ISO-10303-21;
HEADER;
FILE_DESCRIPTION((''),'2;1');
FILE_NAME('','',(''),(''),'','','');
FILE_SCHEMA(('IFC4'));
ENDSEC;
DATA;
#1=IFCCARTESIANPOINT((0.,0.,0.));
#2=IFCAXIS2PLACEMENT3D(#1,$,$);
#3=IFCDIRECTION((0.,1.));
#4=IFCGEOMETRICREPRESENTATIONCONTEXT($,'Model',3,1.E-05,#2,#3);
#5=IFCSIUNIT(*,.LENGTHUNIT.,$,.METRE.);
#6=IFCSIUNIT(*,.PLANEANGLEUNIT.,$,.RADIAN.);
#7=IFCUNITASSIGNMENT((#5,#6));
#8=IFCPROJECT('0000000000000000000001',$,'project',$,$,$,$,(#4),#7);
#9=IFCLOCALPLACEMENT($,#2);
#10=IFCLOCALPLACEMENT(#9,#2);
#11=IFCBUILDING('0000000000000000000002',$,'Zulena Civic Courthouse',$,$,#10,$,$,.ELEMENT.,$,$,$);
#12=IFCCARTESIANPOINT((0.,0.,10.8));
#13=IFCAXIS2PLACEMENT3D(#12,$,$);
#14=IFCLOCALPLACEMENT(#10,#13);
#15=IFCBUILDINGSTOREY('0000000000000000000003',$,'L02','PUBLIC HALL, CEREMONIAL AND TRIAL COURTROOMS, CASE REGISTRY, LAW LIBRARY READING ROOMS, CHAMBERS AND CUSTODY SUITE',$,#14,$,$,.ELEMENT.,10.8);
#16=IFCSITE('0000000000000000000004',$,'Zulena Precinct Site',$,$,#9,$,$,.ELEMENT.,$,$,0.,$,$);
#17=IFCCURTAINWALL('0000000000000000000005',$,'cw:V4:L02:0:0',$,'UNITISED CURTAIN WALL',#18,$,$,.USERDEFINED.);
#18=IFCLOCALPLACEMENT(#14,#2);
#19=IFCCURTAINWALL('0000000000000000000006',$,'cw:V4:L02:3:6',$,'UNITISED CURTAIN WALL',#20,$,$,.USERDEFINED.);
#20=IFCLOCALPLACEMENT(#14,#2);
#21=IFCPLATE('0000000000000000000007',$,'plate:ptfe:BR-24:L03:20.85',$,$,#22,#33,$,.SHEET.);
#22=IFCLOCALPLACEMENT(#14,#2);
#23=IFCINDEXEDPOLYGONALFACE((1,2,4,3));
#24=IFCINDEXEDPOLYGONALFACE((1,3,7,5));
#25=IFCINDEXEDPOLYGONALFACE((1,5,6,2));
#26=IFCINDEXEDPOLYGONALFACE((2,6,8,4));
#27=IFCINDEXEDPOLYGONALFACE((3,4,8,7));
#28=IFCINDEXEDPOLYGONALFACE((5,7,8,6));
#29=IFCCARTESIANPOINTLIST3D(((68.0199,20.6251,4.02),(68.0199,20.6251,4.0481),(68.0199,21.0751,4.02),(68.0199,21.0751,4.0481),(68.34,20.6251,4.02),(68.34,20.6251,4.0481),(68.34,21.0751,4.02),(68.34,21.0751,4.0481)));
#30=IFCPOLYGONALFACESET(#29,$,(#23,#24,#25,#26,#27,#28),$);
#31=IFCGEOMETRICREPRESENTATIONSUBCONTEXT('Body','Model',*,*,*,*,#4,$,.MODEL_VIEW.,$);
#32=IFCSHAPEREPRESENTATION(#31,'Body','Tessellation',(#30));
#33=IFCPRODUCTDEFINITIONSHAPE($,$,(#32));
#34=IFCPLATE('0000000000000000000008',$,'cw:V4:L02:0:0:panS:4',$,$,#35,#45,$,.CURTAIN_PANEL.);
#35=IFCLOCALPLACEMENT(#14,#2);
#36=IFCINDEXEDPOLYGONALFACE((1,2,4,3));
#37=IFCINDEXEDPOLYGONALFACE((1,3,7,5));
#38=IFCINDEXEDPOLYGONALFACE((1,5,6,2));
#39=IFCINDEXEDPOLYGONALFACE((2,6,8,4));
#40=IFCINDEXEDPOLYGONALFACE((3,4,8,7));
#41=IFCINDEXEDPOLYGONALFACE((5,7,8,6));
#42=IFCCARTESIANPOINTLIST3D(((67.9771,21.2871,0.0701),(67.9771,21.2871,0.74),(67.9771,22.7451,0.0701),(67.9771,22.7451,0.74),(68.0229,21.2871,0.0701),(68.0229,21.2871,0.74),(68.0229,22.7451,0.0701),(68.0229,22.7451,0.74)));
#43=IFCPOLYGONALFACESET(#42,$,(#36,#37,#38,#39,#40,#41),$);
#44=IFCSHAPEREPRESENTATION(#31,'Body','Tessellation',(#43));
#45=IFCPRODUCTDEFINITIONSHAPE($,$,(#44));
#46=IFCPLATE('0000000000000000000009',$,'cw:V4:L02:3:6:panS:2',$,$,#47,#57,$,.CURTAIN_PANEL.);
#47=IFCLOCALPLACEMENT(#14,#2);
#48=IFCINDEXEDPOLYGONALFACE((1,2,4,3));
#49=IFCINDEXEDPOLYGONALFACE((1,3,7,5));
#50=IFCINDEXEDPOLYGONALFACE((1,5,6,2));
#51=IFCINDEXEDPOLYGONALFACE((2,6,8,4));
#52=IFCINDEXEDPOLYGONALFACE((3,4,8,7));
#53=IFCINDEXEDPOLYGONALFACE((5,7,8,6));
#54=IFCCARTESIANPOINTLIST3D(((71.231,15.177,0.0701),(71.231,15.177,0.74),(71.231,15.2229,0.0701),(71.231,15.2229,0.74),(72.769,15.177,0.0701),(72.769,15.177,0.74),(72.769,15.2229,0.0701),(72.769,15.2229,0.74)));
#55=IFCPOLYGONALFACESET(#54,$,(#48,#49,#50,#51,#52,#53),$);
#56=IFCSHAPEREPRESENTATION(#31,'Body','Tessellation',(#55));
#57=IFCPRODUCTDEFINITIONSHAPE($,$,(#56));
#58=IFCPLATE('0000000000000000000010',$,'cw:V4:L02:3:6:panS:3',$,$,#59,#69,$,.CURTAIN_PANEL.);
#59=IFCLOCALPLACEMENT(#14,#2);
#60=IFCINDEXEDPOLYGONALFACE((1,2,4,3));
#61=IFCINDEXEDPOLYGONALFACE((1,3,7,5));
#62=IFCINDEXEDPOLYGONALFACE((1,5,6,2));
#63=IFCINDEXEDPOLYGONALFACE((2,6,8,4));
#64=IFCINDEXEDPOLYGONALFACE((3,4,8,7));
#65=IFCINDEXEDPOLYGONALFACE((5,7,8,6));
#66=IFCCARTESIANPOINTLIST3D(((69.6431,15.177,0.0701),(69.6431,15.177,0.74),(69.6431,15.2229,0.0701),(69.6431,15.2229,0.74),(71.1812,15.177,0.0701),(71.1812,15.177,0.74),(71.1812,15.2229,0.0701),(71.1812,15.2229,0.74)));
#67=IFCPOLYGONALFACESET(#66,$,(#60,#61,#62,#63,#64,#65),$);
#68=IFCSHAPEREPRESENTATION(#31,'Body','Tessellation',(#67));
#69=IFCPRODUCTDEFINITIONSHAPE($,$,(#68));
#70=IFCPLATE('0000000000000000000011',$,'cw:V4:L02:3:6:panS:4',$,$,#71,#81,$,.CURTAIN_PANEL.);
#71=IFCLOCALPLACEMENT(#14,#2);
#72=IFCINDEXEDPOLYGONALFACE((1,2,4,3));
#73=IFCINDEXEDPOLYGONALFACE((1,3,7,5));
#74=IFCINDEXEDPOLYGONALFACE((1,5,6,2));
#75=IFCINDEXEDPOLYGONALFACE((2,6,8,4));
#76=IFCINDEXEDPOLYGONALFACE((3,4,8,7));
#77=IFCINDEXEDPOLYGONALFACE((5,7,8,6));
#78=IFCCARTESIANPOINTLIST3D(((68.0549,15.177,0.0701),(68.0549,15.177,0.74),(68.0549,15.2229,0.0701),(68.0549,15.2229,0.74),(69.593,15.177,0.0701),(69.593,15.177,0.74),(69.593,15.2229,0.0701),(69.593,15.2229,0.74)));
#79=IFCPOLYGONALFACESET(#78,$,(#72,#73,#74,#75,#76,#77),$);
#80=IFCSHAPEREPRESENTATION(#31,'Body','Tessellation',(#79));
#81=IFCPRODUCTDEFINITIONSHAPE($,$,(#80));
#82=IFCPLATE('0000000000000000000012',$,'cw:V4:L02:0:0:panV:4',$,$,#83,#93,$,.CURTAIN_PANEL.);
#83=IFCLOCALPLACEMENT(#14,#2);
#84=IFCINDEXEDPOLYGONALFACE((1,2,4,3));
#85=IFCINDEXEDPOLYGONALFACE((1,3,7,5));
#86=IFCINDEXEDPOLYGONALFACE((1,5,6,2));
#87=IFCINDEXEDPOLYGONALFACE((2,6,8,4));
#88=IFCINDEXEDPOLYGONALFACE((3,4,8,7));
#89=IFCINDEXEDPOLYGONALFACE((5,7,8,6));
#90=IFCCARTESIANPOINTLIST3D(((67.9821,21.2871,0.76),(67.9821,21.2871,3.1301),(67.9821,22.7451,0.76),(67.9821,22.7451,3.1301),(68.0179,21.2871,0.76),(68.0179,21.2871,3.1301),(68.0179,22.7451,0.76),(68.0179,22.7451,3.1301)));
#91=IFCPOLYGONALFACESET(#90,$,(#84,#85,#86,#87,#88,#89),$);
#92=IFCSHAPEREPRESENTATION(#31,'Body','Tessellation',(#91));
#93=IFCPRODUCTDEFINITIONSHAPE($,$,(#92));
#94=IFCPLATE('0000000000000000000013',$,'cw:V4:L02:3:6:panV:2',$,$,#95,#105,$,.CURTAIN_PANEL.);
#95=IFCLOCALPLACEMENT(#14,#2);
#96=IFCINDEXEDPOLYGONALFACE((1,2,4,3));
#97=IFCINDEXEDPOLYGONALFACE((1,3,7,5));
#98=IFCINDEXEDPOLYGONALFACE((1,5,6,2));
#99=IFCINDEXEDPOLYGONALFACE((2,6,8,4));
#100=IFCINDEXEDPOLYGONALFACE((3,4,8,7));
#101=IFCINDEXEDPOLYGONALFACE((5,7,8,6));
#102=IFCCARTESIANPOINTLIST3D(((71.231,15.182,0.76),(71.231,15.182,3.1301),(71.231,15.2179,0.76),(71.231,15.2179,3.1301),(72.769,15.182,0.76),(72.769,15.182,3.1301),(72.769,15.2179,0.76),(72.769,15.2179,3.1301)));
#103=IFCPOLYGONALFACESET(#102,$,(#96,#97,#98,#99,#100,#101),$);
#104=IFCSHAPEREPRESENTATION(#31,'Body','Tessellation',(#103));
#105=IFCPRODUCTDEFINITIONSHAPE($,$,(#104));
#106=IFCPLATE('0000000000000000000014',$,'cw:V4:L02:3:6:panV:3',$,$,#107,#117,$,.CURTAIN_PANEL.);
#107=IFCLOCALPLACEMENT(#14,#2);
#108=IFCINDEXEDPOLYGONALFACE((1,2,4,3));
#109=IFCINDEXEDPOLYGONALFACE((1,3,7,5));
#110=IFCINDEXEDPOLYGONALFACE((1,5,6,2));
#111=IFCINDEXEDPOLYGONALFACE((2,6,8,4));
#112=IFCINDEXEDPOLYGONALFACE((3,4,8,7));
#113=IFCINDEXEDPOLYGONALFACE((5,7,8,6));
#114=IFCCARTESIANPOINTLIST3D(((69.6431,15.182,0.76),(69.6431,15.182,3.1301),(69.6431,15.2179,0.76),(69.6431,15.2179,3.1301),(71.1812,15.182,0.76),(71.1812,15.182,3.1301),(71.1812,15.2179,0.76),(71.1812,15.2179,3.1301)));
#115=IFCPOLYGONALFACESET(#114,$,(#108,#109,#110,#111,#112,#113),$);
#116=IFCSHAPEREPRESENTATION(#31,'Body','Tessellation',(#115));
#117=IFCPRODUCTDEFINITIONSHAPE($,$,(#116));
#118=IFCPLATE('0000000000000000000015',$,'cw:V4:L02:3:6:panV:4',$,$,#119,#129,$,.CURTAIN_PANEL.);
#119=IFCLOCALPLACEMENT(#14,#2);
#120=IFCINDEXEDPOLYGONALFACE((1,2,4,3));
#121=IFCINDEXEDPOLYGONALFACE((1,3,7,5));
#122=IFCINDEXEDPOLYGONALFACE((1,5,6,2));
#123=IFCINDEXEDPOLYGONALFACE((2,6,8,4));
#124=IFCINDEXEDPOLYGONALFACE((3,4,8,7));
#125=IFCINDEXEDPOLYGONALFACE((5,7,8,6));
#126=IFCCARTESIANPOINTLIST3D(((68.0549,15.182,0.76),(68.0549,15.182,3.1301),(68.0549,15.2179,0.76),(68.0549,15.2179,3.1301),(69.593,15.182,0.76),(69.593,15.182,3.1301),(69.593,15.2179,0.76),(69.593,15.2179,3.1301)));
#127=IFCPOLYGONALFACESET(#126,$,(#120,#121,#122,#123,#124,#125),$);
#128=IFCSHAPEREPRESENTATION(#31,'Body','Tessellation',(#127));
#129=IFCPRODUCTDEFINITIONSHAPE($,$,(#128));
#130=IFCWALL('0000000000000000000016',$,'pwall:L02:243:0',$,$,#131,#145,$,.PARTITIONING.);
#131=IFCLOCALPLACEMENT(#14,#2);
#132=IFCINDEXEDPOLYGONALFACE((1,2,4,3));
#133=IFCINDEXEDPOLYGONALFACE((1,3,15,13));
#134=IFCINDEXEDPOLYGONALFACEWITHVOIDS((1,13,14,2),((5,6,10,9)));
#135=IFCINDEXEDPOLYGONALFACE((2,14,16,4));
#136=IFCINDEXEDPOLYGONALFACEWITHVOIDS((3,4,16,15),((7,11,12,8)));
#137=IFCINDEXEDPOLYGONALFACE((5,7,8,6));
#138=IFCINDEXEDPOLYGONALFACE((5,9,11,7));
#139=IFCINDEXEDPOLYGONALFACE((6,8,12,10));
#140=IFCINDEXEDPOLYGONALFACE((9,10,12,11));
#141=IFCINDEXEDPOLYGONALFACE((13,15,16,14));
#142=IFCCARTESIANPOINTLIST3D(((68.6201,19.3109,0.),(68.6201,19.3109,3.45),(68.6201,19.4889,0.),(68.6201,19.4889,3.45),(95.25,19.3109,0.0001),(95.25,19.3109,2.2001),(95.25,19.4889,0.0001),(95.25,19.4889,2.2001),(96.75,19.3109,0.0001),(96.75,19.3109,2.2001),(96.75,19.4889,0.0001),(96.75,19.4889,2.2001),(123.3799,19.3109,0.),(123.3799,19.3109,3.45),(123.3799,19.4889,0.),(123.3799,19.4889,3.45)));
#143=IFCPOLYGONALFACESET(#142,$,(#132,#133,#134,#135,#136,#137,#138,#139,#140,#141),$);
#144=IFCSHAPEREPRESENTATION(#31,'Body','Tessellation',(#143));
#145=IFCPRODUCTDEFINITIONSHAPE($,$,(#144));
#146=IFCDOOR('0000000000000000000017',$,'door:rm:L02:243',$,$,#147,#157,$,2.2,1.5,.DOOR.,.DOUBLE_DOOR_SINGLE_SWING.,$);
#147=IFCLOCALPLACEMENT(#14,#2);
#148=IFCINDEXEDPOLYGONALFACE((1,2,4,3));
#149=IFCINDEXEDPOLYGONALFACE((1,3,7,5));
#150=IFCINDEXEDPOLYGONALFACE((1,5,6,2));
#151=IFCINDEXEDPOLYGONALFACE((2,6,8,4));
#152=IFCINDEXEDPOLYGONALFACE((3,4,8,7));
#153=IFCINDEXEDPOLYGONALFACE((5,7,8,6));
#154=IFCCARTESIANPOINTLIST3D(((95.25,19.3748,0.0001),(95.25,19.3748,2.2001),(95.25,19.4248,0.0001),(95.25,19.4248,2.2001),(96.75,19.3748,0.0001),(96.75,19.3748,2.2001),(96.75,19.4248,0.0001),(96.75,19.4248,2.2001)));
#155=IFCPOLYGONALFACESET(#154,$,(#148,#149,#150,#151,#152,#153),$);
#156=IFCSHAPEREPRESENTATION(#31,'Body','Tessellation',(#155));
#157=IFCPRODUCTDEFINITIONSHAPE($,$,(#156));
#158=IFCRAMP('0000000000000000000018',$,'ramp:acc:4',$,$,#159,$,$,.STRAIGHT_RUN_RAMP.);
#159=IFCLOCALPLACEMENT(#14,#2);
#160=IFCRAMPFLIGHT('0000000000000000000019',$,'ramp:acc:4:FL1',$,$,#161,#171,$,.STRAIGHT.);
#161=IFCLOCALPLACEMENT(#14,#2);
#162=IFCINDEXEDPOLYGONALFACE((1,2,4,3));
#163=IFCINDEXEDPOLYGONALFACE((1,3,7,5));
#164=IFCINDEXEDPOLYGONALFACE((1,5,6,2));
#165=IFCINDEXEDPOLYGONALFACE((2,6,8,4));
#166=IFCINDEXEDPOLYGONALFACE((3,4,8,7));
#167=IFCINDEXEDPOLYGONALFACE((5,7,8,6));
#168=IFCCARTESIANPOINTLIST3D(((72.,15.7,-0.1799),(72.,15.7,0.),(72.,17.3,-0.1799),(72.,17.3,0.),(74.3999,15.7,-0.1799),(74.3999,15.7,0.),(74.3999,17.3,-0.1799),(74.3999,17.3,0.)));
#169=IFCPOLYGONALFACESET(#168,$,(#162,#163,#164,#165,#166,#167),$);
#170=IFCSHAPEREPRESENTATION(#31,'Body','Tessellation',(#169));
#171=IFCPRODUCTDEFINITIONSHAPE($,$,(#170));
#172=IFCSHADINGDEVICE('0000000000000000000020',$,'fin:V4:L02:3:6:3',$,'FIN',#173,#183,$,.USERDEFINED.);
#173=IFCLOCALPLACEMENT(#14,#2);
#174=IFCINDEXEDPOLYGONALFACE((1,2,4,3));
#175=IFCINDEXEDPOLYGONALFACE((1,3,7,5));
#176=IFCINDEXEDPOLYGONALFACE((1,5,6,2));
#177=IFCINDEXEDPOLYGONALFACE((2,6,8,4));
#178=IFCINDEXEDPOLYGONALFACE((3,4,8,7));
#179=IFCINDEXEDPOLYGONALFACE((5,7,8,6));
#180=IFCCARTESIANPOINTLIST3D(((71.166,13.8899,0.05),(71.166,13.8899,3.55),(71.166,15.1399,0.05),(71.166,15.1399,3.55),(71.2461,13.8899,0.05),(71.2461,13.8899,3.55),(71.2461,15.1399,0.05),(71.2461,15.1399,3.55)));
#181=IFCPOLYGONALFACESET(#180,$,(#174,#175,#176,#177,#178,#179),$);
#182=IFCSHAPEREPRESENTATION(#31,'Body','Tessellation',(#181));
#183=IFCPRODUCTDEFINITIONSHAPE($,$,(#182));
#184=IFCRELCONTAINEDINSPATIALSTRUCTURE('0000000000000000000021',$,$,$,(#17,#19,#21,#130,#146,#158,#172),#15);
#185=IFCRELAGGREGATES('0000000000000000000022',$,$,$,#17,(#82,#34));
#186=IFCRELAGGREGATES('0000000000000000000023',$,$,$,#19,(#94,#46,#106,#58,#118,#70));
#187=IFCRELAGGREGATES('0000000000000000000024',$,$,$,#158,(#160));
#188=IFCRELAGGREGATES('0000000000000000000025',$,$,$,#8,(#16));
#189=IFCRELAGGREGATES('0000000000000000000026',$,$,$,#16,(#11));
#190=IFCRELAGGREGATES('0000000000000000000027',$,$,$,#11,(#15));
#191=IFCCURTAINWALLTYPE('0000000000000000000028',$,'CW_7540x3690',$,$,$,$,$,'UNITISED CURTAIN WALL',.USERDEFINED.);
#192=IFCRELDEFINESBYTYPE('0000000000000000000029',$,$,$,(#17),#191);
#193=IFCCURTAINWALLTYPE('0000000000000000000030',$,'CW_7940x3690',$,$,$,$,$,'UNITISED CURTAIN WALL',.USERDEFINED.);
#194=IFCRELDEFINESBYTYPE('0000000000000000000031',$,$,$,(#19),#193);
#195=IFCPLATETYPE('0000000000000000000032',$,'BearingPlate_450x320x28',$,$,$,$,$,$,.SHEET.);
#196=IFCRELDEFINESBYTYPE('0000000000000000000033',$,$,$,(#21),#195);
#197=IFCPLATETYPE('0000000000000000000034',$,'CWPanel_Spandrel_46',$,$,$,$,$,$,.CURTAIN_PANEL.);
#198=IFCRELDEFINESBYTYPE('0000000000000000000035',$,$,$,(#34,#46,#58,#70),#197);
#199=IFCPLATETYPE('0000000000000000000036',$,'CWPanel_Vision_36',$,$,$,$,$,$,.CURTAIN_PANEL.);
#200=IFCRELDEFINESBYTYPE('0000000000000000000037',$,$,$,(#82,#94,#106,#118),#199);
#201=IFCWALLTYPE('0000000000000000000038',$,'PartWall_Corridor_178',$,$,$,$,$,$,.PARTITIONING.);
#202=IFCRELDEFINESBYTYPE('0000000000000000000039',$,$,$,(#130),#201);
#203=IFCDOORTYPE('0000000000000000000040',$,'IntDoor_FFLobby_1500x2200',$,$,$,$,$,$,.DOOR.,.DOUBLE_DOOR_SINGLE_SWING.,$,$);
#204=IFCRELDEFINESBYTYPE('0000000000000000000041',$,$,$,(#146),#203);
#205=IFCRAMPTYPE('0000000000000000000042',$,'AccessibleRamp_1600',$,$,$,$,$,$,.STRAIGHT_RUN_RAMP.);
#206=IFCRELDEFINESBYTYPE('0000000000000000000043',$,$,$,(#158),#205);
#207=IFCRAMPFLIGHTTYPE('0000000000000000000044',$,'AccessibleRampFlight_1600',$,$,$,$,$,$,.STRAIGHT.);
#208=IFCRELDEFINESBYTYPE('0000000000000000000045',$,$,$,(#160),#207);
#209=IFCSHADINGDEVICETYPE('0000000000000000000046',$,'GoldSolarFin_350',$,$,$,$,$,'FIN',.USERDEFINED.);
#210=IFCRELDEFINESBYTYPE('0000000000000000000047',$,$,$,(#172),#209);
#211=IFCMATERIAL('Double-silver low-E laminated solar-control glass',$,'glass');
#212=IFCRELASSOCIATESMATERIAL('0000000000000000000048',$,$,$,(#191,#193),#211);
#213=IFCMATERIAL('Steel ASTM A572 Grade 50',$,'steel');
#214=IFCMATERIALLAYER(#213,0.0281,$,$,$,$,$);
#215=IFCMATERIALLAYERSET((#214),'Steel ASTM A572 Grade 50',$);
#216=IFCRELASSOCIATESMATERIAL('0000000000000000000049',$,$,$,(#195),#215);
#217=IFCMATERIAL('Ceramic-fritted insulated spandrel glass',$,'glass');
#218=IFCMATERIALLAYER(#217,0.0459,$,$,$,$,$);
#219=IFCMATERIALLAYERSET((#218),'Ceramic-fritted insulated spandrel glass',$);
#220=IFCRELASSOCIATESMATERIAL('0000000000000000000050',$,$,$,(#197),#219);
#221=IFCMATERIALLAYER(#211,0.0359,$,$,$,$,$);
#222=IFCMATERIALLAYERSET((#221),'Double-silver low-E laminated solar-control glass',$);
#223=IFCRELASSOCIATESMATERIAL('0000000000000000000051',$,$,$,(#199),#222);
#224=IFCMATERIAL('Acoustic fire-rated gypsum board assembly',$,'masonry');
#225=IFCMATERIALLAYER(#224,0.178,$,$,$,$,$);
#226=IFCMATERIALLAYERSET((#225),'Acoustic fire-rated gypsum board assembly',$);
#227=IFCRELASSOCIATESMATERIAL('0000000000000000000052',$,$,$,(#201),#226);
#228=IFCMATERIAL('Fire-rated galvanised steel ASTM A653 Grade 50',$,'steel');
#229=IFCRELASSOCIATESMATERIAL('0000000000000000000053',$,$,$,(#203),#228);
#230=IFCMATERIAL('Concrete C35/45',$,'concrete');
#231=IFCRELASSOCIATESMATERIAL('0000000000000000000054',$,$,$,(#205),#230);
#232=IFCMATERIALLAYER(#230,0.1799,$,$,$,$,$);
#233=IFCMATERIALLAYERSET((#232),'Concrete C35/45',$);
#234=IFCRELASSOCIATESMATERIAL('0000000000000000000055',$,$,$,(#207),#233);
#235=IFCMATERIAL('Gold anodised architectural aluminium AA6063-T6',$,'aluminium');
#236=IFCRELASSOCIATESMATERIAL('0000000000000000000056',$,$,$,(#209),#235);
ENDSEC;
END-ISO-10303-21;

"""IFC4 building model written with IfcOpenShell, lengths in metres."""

from ifc_helpers import new_model, si_unit, direction, frame, frame_2d, origin, origin_2d, place, context, subcontext, project, spatial, polyline, rectangle, outline, extrude, material, layer, layer_set, type_object, element, fill, aggregate, save


model = new_model("IFC4")

# Units and contexts
model_context = context("Model", 3, precision=1e-05, world=origin(), true_north=direction((0.0, 1.0)))
body_context = subcontext(model_context, "Body", "Model", "MODEL_VIEW")
ifc_project = project(units=[si_unit("LENGTHUNIT", "METRE"), si_unit("PLANEANGLEUNIT", "RADIAN")], contexts=[model_context])

# Site, building, storey
site_placement = place(None, origin())
site = spatial("IfcSite", under=ifc_project, at=site_placement, Name="Zulena Precinct Site", CompositionType="ELEMENT", RefElevation=0.0)
building_placement = place(site_placement, origin())
building = spatial("IfcBuilding", under=site, at=building_placement, Name="Zulena Civic Courthouse", CompositionType="ELEMENT")
storey_placement = place(building_placement, frame((0.0, 0.0, 10.8)))
storey = spatial("IfcBuildingStorey", under=building, at=storey_placement, Name="L02", Description="PUBLIC HALL, CEREMONIAL AND TRIAL COURTROOMS, CASE REGISTRY, LAW LIBRARY READING ROOMS, CHAMBERS AND CUSTODY SUITE", CompositionType="ELEMENT", Elevation=10.8)

# Curtain wall
ifc_material_1 = material(Name="Double-silver low-E laminated solar-control glass", Category="glass")
curtain_wall_type_1 = type_object("IfcCurtainWallType", Name="CW_7540x3690", ElementType="UNITISED CURTAIN WALL", PredefinedType="USERDEFINED", material=ifc_material_1)
curtain_wall_1_placement = place(storey_placement, origin())
curtain_wall_1 = element("IfcCurtainWall", 1, at=curtain_wall_1_placement, inside=storey, type_object=curtain_wall_type_1, Name="cw:V4:L02:0:0", ObjectType="UNITISED CURTAIN WALL", PredefinedType="USERDEFINED")

# Curtain wall
curtain_wall_type_2 = type_object("IfcCurtainWallType", Name="CW_7940x3690", ElementType="UNITISED CURTAIN WALL", PredefinedType="USERDEFINED", material=ifc_material_1)
curtain_wall_2_placement = place(storey_placement, origin())
curtain_wall_2 = element("IfcCurtainWall", 2, at=curtain_wall_2_placement, inside=storey, type_object=curtain_wall_type_2, Name="cw:V4:L02:3:6", ObjectType="UNITISED CURTAIN WALL", PredefinedType="USERDEFINED")

# Plate
ifc_material_2 = material(Name="Steel ASTM A572 Grade 50", Category="steel")
ifc_layer_1 = layer(ifc_material_2, 0.0281)
ifc_layer_set_1 = layer_set([ifc_layer_1], Name="Steel ASTM A572 Grade 50")
plate_type_1 = type_object("IfcPlateType", Name="BearingPlate_450x320x28", PredefinedType="SHEET", material=ifc_layer_set_1)
for number, where, z_axis, x_axis, name in (
    (3, (68.1799, 20.8501, 4.02), (0.0, 0.0, 1.0), (1.0, 0.0, 0.0), "plate:ptfe:BR-24:L03:20.85"),
):
    element("IfcPlate", number, at=place(storey_placement, frame(where, z_axis=z_axis, x_axis=x_axis)), inside=storey, type_object=plate_type_1, Name=name, PredefinedType="SHEET", context=body_context, shape_type="SweptSolid", body=[
        extrude(rectangle(XDim=0.3201, YDim=0.45, at=origin_2d()), origin(), (0.0, 0.0, 1.0), 0.0281),
    ])

# Plates
ifc_material_3 = material(Name="Ceramic-fritted insulated spandrel glass", Category="glass")
ifc_layer_2 = layer(ifc_material_3, 0.0459)
ifc_layer_set_2 = layer_set([ifc_layer_2], Name="Ceramic-fritted insulated spandrel glass")
plate_type_2 = type_object("IfcPlateType", Name="CWPanel_Spandrel_46", PredefinedType="CURTAIN_PANEL", material=ifc_layer_set_2)
plate_1_placement = place(storey_placement, frame((68.0, 22.0161, 0.0701), z_axis=(0.0, 0.0, 1.0), x_axis=(0.0, 1.0, 0.0)))
plate_1 = element("IfcPlate", 4, at=plate_1_placement, type_object=plate_type_2, Name="cw:V4:L02:0:0:panS:4", PredefinedType="CURTAIN_PANEL", context=body_context, shape_type="SweptSolid", body=[
    extrude(rectangle(XDim=1.458, YDim=0.0459, at=origin_2d()), origin(), (0.0, 0.0, 1.0), 0.6699),
])
plate_2_placement = place(storey_placement, frame((72.0, 15.2, 0.0701), z_axis=(0.0, 0.0, 1.0), x_axis=(-1.0, 0.0, 0.0)))
plate_2 = element("IfcPlate", 5, at=plate_2_placement, type_object=plate_type_2, Name="cw:V4:L02:3:6:panS:2", PredefinedType="CURTAIN_PANEL", context=body_context, shape_type="SweptSolid", body=[
    extrude(rectangle(XDim=1.5381, YDim=0.0459, at=origin_2d()), origin(), (0.0, 0.0, 1.0), 0.6699),
])
plate_3_placement = place(storey_placement, frame((70.4121, 15.2, 0.0701), z_axis=(0.0, 0.0, 1.0), x_axis=(-1.0, 0.0, 0.0)))
plate_3 = element("IfcPlate", 6, at=plate_3_placement, type_object=plate_type_2, Name="cw:V4:L02:3:6:panS:3", PredefinedType="CURTAIN_PANEL", context=body_context, shape_type="SweptSolid", body=[
    extrude(rectangle(XDim=1.5381, YDim=0.0459, at=origin_2d()), origin(), (0.0, 0.0, 1.0), 0.6699),
])
plate_4_placement = place(storey_placement, frame((68.824, 15.2, 0.0701), z_axis=(0.0, 0.0, 1.0), x_axis=(-1.0, 0.0, 0.0)))
plate_4 = element("IfcPlate", 7, at=plate_4_placement, type_object=plate_type_2, Name="cw:V4:L02:3:6:panS:4", PredefinedType="CURTAIN_PANEL", context=body_context, shape_type="SweptSolid", body=[
    extrude(rectangle(XDim=1.5381, YDim=0.0459, at=origin_2d()), origin(), (0.0, 0.0, 1.0), 0.6699),
])
ifc_layer_3 = layer(ifc_material_1, 0.0359)
ifc_layer_set_3 = layer_set([ifc_layer_3], Name="Double-silver low-E laminated solar-control glass")
plate_type_3 = type_object("IfcPlateType", Name="CWPanel_Vision_36", PredefinedType="CURTAIN_PANEL", material=ifc_layer_set_3)
plate_5_placement = place(storey_placement, frame((68.0, 22.0161, 0.76), z_axis=(0.0, 0.0, 1.0), x_axis=(0.0, 1.0, 0.0)))
plate_5 = element("IfcPlate", 8, at=plate_5_placement, type_object=plate_type_3, Name="cw:V4:L02:0:0:panV:4", PredefinedType="CURTAIN_PANEL", context=body_context, shape_type="SweptSolid", body=[
    extrude(rectangle(XDim=1.458, YDim=0.0359, at=origin_2d()), origin(), (0.0, 0.0, 1.0), 2.3701),
])
aggregate(curtain_wall_1, [plate_5, plate_1])
plate_6_placement = place(storey_placement, frame((72.0, 15.2, 0.76), z_axis=(0.0, 0.0, 1.0), x_axis=(-1.0, 0.0, 0.0)))
plate_6 = element("IfcPlate", 9, at=plate_6_placement, type_object=plate_type_3, Name="cw:V4:L02:3:6:panV:2", PredefinedType="CURTAIN_PANEL", context=body_context, shape_type="SweptSolid", body=[
    extrude(rectangle(XDim=1.5381, YDim=0.0359, at=origin_2d()), origin(), (0.0, 0.0, 1.0), 2.3701),
])
plate_7_placement = place(storey_placement, frame((70.4121, 15.2, 0.76), z_axis=(0.0, 0.0, 1.0), x_axis=(-1.0, 0.0, 0.0)))
plate_7 = element("IfcPlate", 10, at=plate_7_placement, type_object=plate_type_3, Name="cw:V4:L02:3:6:panV:3", PredefinedType="CURTAIN_PANEL", context=body_context, shape_type="SweptSolid", body=[
    extrude(rectangle(XDim=1.5381, YDim=0.0359, at=origin_2d()), origin(), (0.0, 0.0, 1.0), 2.3701),
])
plate_8_placement = place(storey_placement, frame((68.824, 15.2, 0.76), z_axis=(0.0, 0.0, 1.0), x_axis=(-1.0, 0.0, 0.0)))
plate_8 = element("IfcPlate", 11, at=plate_8_placement, type_object=plate_type_3, Name="cw:V4:L02:3:6:panV:4", PredefinedType="CURTAIN_PANEL", context=body_context, shape_type="SweptSolid", body=[
    extrude(rectangle(XDim=1.5381, YDim=0.0359, at=origin_2d()), origin(), (0.0, 0.0, 1.0), 2.3701),
])
aggregate(curtain_wall_2, [plate_6, plate_2, plate_7, plate_3, plate_8, plate_4])

# Wall, opening, door
ifc_material_4 = material(Name="Acoustic fire-rated gypsum board assembly", Category="masonry")
ifc_layer_4 = layer(ifc_material_4, 0.178)
ifc_layer_set_4 = layer_set([ifc_layer_4], Name="Acoustic fire-rated gypsum board assembly")
wall_type = type_object("IfcWallType", Name="PartWall_Corridor_178", PredefinedType="PARTITIONING", material=ifc_layer_set_4)
wall_placement = place(storey_placement, frame((68.6201, 19.3999, 0.0), z_axis=(0.0, 0.0, 1.0), x_axis=(1.0, 0.0, 0.0)))
wall = element("IfcWall", 12, at=wall_placement, inside=storey, type_object=wall_type, Name="pwall:L02:243:0", PredefinedType="PARTITIONING", context=body_context, shape_type="SweptSolid", body=[
    extrude(rectangle(XDim=54.7598, YDim=0.178, at=frame_2d((27.3799, 0.0))), origin(), (0.0, 0.0, 1.0), 3.45),
])
opening_placement = place(wall_placement, frame((26.6299, 0.0, 0.0)))
opening = element("IfcOpeningElement", 13, at=opening_placement, cuts=wall, PredefinedType="OPENING", context=body_context, shape_type="SweptSolid", body=[
    extrude(rectangle(XDim=1.5, YDim=2.2, at=frame_2d((0.75, 1.1001))), frame((0.0, 0.0989, 0.0), z_axis=(0.0, -1.0, 0.0), x_axis=(1.0, 0.0, 0.0)), (0.0, 0.0, 1.0), 0.198),
])
ifc_material_5 = material(Name="Fire-rated galvanised steel ASTM A653 Grade 50", Category="steel")
door_type = type_object("IfcDoorType", Name="IntDoor_FFLobby_1500x2200", OperationType="DOUBLE_DOOR_SINGLE_SWING", PredefinedType="DOOR", material=ifc_material_5)
door_placement = place(opening_placement, origin())
door = element("IfcDoor", 14, at=door_placement, inside=storey, type_object=door_type, Name="door:rm:L02:243", OperationType="DOUBLE_DOOR_SINGLE_SWING", OverallHeight=2.2, OverallWidth=1.5, PredefinedType="DOOR", context=body_context, shape_type="SweptSolid", body=[
    extrude(rectangle(XDim=1.5, YDim=2.2, at=frame_2d((0.75, 1.1001))), frame((0.0, 0.0249, 0.0), z_axis=(0.0, -1.0, 0.0), x_axis=(1.0, 0.0, 0.0)), (0.0, 0.0, 1.0), 0.05),
])
fill(opening, door)

# Ramp, ramp flight
ifc_material_6 = material(Name="Concrete C35/45", Category="concrete")
ramp_type = type_object("IfcRampType", Name="AccessibleRamp_1600", PredefinedType="STRAIGHT_RUN_RAMP", material=ifc_material_6)
ramp_placement = place(storey_placement, origin())
ramp = element("IfcRamp", 15, at=ramp_placement, inside=storey, type_object=ramp_type, Name="ramp:acc:4", PredefinedType="STRAIGHT_RUN_RAMP")
ifc_layer_5 = layer(ifc_material_6, 0.1799)
ifc_layer_set_5 = layer_set([ifc_layer_5], Name="Concrete C35/45")
ramp_flight_type = type_object("IfcRampFlightType", Name="AccessibleRampFlight_1600", PredefinedType="STRAIGHT", material=ifc_layer_set_5)
ramp_flight_placement = place(storey_placement, frame((72.0, 16.5, 0.0), z_axis=(0.0, 0.0, 1.0), x_axis=(1.0, 0.0, 0.0)))
ramp_flight = element("IfcRampFlight", 16, at=ramp_flight_placement, type_object=ramp_flight_type, Name="ramp:acc:4:FL1", PredefinedType="STRAIGHT", context=body_context, shape_type="SweptSolid", body=[
    extrude(outline(polyline([(0.0, 0.0), (2.3999, 0.0), (2.3999, -0.1799), (0.0, -0.1799), (0.0, 0.0)])), frame((0.0, 0.8, 0.0), z_axis=(0.0, -1.0, 0.0), x_axis=(1.0, 0.0, 0.0)), (0.0, 0.0, 1.0), 1.6001),
])
aggregate(ramp, [ramp_flight])

# Shading device
ifc_material_7 = material(Name="Gold anodised architectural aluminium AA6063-T6", Category="aluminium")
shading_device_type = type_object("IfcShadingDeviceType", Name="GoldSolarFin_350", ElementType="FIN", PredefinedType="USERDEFINED", material=ifc_material_7)
for number, where, z_axis, x_axis, name in (
    (17, (71.2061, 14.5149, 0.05), (0.0, 0.0, 1.0), (0.0, -1.0, 0.0), "fin:V4:L02:3:6:3"),
):
    element("IfcShadingDevice", number, at=place(storey_placement, frame(where, z_axis=z_axis, x_axis=x_axis)), inside=storey, type_object=shading_device_type, Name=name, ObjectType="FIN", PredefinedType="USERDEFINED", context=body_context, shape_type="SweptSolid", body=[
        extrude(rectangle(XDim=1.25, YDim=0.0801, at=origin_2d()), origin(), (0.0, 0.0, 1.0), 3.5),
    ])

save(model, "model.ifc")
